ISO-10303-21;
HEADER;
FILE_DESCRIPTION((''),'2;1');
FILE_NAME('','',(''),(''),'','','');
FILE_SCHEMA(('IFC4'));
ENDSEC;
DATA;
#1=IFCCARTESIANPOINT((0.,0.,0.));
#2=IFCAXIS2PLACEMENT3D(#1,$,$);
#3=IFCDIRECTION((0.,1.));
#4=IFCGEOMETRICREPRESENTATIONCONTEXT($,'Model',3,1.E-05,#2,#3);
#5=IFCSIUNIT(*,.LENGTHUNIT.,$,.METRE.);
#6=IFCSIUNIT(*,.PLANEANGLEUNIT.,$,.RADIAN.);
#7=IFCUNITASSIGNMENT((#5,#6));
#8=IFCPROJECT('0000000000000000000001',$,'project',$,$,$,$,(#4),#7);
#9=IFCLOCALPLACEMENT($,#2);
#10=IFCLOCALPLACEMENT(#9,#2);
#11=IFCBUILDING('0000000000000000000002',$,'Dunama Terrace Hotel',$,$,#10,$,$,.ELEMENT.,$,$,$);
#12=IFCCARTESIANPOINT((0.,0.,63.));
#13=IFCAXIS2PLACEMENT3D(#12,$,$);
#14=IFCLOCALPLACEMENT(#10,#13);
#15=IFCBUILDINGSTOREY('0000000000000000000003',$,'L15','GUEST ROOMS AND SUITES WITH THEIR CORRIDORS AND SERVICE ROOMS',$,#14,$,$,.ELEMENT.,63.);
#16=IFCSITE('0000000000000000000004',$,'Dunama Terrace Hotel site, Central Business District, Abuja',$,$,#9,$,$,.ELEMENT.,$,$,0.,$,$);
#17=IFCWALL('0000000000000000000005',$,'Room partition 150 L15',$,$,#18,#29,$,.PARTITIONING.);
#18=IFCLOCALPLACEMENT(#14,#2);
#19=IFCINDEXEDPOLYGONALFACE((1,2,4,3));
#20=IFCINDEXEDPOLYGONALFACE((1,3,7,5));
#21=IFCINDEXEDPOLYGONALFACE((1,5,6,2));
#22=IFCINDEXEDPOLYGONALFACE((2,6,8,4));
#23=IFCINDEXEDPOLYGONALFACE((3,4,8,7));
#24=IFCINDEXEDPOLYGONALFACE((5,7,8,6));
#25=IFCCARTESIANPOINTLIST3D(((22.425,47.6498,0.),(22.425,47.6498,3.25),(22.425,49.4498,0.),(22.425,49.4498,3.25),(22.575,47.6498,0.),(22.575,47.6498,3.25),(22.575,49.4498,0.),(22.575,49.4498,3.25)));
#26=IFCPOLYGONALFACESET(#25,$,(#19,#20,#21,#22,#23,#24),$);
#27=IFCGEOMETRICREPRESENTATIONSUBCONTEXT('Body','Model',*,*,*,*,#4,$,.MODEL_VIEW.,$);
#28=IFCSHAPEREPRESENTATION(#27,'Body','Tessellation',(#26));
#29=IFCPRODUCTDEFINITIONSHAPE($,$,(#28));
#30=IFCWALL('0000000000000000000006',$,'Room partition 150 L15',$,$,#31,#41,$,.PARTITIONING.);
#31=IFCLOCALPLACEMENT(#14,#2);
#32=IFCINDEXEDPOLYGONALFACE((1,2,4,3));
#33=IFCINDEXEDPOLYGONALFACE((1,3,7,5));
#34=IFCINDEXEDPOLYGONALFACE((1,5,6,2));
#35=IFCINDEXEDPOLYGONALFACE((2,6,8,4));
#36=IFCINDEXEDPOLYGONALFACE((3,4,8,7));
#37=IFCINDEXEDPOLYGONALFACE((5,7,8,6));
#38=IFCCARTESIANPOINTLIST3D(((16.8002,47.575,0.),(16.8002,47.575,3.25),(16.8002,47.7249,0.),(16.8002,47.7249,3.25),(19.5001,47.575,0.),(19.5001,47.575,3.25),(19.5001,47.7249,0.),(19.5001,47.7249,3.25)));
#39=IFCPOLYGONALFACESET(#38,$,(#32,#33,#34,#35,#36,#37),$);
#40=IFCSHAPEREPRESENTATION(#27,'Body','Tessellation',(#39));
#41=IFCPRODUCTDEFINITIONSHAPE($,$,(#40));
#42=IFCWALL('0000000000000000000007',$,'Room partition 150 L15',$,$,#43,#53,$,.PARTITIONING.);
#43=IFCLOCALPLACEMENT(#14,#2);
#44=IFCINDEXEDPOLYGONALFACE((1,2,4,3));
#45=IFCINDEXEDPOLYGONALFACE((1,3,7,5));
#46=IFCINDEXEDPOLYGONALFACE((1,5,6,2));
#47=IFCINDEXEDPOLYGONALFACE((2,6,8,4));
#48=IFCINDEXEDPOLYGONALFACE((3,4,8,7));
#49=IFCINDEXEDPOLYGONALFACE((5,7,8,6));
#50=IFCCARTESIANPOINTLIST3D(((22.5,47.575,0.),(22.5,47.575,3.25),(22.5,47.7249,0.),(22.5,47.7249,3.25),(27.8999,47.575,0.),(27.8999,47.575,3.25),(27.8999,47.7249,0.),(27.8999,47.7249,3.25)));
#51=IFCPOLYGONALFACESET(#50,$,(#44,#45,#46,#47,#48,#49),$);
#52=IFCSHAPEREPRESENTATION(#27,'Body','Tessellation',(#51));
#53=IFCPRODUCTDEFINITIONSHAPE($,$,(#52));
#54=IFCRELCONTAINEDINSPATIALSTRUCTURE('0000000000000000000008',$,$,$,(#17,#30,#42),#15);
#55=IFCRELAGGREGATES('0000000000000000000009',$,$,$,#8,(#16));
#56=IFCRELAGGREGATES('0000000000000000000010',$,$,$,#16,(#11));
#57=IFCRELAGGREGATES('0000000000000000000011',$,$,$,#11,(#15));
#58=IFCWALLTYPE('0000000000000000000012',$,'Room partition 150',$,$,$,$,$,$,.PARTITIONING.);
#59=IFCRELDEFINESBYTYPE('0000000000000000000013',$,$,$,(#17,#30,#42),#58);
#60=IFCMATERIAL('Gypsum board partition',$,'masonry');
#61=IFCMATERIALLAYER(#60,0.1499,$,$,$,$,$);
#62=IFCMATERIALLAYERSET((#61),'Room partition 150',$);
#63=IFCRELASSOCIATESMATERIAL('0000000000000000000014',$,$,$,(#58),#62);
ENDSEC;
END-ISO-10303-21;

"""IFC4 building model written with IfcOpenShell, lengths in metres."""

from ifc_helpers import new_model, si_unit, direction, frame, frame_2d, origin, place, context, subcontext, project, spatial, rectangle, extrude, material, layer, layer_set, type_object, element, save


model = new_model("IFC4")

# Units and contexts
model_context = context("Model", 3, precision=1e-05, world=origin(), true_north=direction((0.0, 1.0)))
body_context = subcontext(model_context, "Body", "Model", "MODEL_VIEW")
ifc_project = project(units=[si_unit("LENGTHUNIT", "METRE"), si_unit("PLANEANGLEUNIT", "RADIAN")], contexts=[model_context])

# Site, building, storey
site_placement = place(None, origin())
site = spatial("IfcSite", under=ifc_project, at=site_placement, Name="Dunama Terrace Hotel site, Central Business District, Abuja", CompositionType="ELEMENT", RefElevation=0.0)
building_placement = place(site_placement, origin())
building = spatial("IfcBuilding", under=site, at=building_placement, Name="Dunama Terrace Hotel", CompositionType="ELEMENT")
storey_placement = place(building_placement, frame((0.0, 0.0, 63.0)))
storey = spatial("IfcBuildingStorey", under=building, at=storey_placement, Name="L15", Description="GUEST ROOMS AND SUITES WITH THEIR CORRIDORS AND SERVICE ROOMS", CompositionType="ELEMENT", Elevation=63.0)

# Walls
ifc_material_1 = material(Name="Gypsum board partition", Category="masonry")
ifc_layer_1 = layer(ifc_material_1, 0.1499)
ifc_layer_set_1 = layer_set([ifc_layer_1], Name="Room partition 150")
wall_type_1 = type_object("IfcWallType", Name="Room partition 150", PredefinedType="PARTITIONING", material=ifc_layer_set_1)
for number, where, z_axis, x_axis, name in (
    (1, (22.5, 47.6499, 0.0), (0.0, 0.0, 1.0), (0.0, 1.0, 0.0), "Room partition 150 L15"),
):
    element("IfcWall", number, at=place(storey_placement, frame(where, z_axis=z_axis, x_axis=x_axis)), inside=storey, type_object=wall_type_1, Name=name, PredefinedType="PARTITIONING", context=body_context, shape_type="SweptSolid", body=[
        extrude(rectangle(XDim=1.8, YDim=0.1499, at=frame_2d((0.8999, 0.0))), origin(), (0.0, 0.0, 1.0), 3.25),
    ])
wall_1_placement = place(storey_placement, frame((16.8, 47.6499, 0.0), z_axis=(0.0, 0.0, 1.0), x_axis=(1.0, 0.0, 0.0)))
element("IfcWall", 2, at=wall_1_placement, inside=storey, type_object=wall_type_1, Name="Room partition 150 L15", PredefinedType="PARTITIONING", context=body_context, shape_type="SweptSolid", body=[
    extrude(rectangle(XDim=2.7, YDim=0.1499, at=frame_2d((1.3501, 0.0))), origin(), (0.0, 0.0, 1.0), 3.25),
])
wall_2_placement = place(storey_placement, frame((22.5, 47.6499, 0.0), z_axis=(0.0, 0.0, 1.0), x_axis=(1.0, 0.0, 0.0)))
element("IfcWall", 3, at=wall_2_placement, inside=storey, type_object=wall_type_1, Name="Room partition 150 L15", PredefinedType="PARTITIONING", context=body_context, shape_type="SweptSolid", body=[
    extrude(rectangle(XDim=5.3999, YDim=0.1499, at=frame_2d((2.7, 0.0))), origin(), (0.0, 0.0, 1.0), 3.25),
])

save(model, "model.ifc")
